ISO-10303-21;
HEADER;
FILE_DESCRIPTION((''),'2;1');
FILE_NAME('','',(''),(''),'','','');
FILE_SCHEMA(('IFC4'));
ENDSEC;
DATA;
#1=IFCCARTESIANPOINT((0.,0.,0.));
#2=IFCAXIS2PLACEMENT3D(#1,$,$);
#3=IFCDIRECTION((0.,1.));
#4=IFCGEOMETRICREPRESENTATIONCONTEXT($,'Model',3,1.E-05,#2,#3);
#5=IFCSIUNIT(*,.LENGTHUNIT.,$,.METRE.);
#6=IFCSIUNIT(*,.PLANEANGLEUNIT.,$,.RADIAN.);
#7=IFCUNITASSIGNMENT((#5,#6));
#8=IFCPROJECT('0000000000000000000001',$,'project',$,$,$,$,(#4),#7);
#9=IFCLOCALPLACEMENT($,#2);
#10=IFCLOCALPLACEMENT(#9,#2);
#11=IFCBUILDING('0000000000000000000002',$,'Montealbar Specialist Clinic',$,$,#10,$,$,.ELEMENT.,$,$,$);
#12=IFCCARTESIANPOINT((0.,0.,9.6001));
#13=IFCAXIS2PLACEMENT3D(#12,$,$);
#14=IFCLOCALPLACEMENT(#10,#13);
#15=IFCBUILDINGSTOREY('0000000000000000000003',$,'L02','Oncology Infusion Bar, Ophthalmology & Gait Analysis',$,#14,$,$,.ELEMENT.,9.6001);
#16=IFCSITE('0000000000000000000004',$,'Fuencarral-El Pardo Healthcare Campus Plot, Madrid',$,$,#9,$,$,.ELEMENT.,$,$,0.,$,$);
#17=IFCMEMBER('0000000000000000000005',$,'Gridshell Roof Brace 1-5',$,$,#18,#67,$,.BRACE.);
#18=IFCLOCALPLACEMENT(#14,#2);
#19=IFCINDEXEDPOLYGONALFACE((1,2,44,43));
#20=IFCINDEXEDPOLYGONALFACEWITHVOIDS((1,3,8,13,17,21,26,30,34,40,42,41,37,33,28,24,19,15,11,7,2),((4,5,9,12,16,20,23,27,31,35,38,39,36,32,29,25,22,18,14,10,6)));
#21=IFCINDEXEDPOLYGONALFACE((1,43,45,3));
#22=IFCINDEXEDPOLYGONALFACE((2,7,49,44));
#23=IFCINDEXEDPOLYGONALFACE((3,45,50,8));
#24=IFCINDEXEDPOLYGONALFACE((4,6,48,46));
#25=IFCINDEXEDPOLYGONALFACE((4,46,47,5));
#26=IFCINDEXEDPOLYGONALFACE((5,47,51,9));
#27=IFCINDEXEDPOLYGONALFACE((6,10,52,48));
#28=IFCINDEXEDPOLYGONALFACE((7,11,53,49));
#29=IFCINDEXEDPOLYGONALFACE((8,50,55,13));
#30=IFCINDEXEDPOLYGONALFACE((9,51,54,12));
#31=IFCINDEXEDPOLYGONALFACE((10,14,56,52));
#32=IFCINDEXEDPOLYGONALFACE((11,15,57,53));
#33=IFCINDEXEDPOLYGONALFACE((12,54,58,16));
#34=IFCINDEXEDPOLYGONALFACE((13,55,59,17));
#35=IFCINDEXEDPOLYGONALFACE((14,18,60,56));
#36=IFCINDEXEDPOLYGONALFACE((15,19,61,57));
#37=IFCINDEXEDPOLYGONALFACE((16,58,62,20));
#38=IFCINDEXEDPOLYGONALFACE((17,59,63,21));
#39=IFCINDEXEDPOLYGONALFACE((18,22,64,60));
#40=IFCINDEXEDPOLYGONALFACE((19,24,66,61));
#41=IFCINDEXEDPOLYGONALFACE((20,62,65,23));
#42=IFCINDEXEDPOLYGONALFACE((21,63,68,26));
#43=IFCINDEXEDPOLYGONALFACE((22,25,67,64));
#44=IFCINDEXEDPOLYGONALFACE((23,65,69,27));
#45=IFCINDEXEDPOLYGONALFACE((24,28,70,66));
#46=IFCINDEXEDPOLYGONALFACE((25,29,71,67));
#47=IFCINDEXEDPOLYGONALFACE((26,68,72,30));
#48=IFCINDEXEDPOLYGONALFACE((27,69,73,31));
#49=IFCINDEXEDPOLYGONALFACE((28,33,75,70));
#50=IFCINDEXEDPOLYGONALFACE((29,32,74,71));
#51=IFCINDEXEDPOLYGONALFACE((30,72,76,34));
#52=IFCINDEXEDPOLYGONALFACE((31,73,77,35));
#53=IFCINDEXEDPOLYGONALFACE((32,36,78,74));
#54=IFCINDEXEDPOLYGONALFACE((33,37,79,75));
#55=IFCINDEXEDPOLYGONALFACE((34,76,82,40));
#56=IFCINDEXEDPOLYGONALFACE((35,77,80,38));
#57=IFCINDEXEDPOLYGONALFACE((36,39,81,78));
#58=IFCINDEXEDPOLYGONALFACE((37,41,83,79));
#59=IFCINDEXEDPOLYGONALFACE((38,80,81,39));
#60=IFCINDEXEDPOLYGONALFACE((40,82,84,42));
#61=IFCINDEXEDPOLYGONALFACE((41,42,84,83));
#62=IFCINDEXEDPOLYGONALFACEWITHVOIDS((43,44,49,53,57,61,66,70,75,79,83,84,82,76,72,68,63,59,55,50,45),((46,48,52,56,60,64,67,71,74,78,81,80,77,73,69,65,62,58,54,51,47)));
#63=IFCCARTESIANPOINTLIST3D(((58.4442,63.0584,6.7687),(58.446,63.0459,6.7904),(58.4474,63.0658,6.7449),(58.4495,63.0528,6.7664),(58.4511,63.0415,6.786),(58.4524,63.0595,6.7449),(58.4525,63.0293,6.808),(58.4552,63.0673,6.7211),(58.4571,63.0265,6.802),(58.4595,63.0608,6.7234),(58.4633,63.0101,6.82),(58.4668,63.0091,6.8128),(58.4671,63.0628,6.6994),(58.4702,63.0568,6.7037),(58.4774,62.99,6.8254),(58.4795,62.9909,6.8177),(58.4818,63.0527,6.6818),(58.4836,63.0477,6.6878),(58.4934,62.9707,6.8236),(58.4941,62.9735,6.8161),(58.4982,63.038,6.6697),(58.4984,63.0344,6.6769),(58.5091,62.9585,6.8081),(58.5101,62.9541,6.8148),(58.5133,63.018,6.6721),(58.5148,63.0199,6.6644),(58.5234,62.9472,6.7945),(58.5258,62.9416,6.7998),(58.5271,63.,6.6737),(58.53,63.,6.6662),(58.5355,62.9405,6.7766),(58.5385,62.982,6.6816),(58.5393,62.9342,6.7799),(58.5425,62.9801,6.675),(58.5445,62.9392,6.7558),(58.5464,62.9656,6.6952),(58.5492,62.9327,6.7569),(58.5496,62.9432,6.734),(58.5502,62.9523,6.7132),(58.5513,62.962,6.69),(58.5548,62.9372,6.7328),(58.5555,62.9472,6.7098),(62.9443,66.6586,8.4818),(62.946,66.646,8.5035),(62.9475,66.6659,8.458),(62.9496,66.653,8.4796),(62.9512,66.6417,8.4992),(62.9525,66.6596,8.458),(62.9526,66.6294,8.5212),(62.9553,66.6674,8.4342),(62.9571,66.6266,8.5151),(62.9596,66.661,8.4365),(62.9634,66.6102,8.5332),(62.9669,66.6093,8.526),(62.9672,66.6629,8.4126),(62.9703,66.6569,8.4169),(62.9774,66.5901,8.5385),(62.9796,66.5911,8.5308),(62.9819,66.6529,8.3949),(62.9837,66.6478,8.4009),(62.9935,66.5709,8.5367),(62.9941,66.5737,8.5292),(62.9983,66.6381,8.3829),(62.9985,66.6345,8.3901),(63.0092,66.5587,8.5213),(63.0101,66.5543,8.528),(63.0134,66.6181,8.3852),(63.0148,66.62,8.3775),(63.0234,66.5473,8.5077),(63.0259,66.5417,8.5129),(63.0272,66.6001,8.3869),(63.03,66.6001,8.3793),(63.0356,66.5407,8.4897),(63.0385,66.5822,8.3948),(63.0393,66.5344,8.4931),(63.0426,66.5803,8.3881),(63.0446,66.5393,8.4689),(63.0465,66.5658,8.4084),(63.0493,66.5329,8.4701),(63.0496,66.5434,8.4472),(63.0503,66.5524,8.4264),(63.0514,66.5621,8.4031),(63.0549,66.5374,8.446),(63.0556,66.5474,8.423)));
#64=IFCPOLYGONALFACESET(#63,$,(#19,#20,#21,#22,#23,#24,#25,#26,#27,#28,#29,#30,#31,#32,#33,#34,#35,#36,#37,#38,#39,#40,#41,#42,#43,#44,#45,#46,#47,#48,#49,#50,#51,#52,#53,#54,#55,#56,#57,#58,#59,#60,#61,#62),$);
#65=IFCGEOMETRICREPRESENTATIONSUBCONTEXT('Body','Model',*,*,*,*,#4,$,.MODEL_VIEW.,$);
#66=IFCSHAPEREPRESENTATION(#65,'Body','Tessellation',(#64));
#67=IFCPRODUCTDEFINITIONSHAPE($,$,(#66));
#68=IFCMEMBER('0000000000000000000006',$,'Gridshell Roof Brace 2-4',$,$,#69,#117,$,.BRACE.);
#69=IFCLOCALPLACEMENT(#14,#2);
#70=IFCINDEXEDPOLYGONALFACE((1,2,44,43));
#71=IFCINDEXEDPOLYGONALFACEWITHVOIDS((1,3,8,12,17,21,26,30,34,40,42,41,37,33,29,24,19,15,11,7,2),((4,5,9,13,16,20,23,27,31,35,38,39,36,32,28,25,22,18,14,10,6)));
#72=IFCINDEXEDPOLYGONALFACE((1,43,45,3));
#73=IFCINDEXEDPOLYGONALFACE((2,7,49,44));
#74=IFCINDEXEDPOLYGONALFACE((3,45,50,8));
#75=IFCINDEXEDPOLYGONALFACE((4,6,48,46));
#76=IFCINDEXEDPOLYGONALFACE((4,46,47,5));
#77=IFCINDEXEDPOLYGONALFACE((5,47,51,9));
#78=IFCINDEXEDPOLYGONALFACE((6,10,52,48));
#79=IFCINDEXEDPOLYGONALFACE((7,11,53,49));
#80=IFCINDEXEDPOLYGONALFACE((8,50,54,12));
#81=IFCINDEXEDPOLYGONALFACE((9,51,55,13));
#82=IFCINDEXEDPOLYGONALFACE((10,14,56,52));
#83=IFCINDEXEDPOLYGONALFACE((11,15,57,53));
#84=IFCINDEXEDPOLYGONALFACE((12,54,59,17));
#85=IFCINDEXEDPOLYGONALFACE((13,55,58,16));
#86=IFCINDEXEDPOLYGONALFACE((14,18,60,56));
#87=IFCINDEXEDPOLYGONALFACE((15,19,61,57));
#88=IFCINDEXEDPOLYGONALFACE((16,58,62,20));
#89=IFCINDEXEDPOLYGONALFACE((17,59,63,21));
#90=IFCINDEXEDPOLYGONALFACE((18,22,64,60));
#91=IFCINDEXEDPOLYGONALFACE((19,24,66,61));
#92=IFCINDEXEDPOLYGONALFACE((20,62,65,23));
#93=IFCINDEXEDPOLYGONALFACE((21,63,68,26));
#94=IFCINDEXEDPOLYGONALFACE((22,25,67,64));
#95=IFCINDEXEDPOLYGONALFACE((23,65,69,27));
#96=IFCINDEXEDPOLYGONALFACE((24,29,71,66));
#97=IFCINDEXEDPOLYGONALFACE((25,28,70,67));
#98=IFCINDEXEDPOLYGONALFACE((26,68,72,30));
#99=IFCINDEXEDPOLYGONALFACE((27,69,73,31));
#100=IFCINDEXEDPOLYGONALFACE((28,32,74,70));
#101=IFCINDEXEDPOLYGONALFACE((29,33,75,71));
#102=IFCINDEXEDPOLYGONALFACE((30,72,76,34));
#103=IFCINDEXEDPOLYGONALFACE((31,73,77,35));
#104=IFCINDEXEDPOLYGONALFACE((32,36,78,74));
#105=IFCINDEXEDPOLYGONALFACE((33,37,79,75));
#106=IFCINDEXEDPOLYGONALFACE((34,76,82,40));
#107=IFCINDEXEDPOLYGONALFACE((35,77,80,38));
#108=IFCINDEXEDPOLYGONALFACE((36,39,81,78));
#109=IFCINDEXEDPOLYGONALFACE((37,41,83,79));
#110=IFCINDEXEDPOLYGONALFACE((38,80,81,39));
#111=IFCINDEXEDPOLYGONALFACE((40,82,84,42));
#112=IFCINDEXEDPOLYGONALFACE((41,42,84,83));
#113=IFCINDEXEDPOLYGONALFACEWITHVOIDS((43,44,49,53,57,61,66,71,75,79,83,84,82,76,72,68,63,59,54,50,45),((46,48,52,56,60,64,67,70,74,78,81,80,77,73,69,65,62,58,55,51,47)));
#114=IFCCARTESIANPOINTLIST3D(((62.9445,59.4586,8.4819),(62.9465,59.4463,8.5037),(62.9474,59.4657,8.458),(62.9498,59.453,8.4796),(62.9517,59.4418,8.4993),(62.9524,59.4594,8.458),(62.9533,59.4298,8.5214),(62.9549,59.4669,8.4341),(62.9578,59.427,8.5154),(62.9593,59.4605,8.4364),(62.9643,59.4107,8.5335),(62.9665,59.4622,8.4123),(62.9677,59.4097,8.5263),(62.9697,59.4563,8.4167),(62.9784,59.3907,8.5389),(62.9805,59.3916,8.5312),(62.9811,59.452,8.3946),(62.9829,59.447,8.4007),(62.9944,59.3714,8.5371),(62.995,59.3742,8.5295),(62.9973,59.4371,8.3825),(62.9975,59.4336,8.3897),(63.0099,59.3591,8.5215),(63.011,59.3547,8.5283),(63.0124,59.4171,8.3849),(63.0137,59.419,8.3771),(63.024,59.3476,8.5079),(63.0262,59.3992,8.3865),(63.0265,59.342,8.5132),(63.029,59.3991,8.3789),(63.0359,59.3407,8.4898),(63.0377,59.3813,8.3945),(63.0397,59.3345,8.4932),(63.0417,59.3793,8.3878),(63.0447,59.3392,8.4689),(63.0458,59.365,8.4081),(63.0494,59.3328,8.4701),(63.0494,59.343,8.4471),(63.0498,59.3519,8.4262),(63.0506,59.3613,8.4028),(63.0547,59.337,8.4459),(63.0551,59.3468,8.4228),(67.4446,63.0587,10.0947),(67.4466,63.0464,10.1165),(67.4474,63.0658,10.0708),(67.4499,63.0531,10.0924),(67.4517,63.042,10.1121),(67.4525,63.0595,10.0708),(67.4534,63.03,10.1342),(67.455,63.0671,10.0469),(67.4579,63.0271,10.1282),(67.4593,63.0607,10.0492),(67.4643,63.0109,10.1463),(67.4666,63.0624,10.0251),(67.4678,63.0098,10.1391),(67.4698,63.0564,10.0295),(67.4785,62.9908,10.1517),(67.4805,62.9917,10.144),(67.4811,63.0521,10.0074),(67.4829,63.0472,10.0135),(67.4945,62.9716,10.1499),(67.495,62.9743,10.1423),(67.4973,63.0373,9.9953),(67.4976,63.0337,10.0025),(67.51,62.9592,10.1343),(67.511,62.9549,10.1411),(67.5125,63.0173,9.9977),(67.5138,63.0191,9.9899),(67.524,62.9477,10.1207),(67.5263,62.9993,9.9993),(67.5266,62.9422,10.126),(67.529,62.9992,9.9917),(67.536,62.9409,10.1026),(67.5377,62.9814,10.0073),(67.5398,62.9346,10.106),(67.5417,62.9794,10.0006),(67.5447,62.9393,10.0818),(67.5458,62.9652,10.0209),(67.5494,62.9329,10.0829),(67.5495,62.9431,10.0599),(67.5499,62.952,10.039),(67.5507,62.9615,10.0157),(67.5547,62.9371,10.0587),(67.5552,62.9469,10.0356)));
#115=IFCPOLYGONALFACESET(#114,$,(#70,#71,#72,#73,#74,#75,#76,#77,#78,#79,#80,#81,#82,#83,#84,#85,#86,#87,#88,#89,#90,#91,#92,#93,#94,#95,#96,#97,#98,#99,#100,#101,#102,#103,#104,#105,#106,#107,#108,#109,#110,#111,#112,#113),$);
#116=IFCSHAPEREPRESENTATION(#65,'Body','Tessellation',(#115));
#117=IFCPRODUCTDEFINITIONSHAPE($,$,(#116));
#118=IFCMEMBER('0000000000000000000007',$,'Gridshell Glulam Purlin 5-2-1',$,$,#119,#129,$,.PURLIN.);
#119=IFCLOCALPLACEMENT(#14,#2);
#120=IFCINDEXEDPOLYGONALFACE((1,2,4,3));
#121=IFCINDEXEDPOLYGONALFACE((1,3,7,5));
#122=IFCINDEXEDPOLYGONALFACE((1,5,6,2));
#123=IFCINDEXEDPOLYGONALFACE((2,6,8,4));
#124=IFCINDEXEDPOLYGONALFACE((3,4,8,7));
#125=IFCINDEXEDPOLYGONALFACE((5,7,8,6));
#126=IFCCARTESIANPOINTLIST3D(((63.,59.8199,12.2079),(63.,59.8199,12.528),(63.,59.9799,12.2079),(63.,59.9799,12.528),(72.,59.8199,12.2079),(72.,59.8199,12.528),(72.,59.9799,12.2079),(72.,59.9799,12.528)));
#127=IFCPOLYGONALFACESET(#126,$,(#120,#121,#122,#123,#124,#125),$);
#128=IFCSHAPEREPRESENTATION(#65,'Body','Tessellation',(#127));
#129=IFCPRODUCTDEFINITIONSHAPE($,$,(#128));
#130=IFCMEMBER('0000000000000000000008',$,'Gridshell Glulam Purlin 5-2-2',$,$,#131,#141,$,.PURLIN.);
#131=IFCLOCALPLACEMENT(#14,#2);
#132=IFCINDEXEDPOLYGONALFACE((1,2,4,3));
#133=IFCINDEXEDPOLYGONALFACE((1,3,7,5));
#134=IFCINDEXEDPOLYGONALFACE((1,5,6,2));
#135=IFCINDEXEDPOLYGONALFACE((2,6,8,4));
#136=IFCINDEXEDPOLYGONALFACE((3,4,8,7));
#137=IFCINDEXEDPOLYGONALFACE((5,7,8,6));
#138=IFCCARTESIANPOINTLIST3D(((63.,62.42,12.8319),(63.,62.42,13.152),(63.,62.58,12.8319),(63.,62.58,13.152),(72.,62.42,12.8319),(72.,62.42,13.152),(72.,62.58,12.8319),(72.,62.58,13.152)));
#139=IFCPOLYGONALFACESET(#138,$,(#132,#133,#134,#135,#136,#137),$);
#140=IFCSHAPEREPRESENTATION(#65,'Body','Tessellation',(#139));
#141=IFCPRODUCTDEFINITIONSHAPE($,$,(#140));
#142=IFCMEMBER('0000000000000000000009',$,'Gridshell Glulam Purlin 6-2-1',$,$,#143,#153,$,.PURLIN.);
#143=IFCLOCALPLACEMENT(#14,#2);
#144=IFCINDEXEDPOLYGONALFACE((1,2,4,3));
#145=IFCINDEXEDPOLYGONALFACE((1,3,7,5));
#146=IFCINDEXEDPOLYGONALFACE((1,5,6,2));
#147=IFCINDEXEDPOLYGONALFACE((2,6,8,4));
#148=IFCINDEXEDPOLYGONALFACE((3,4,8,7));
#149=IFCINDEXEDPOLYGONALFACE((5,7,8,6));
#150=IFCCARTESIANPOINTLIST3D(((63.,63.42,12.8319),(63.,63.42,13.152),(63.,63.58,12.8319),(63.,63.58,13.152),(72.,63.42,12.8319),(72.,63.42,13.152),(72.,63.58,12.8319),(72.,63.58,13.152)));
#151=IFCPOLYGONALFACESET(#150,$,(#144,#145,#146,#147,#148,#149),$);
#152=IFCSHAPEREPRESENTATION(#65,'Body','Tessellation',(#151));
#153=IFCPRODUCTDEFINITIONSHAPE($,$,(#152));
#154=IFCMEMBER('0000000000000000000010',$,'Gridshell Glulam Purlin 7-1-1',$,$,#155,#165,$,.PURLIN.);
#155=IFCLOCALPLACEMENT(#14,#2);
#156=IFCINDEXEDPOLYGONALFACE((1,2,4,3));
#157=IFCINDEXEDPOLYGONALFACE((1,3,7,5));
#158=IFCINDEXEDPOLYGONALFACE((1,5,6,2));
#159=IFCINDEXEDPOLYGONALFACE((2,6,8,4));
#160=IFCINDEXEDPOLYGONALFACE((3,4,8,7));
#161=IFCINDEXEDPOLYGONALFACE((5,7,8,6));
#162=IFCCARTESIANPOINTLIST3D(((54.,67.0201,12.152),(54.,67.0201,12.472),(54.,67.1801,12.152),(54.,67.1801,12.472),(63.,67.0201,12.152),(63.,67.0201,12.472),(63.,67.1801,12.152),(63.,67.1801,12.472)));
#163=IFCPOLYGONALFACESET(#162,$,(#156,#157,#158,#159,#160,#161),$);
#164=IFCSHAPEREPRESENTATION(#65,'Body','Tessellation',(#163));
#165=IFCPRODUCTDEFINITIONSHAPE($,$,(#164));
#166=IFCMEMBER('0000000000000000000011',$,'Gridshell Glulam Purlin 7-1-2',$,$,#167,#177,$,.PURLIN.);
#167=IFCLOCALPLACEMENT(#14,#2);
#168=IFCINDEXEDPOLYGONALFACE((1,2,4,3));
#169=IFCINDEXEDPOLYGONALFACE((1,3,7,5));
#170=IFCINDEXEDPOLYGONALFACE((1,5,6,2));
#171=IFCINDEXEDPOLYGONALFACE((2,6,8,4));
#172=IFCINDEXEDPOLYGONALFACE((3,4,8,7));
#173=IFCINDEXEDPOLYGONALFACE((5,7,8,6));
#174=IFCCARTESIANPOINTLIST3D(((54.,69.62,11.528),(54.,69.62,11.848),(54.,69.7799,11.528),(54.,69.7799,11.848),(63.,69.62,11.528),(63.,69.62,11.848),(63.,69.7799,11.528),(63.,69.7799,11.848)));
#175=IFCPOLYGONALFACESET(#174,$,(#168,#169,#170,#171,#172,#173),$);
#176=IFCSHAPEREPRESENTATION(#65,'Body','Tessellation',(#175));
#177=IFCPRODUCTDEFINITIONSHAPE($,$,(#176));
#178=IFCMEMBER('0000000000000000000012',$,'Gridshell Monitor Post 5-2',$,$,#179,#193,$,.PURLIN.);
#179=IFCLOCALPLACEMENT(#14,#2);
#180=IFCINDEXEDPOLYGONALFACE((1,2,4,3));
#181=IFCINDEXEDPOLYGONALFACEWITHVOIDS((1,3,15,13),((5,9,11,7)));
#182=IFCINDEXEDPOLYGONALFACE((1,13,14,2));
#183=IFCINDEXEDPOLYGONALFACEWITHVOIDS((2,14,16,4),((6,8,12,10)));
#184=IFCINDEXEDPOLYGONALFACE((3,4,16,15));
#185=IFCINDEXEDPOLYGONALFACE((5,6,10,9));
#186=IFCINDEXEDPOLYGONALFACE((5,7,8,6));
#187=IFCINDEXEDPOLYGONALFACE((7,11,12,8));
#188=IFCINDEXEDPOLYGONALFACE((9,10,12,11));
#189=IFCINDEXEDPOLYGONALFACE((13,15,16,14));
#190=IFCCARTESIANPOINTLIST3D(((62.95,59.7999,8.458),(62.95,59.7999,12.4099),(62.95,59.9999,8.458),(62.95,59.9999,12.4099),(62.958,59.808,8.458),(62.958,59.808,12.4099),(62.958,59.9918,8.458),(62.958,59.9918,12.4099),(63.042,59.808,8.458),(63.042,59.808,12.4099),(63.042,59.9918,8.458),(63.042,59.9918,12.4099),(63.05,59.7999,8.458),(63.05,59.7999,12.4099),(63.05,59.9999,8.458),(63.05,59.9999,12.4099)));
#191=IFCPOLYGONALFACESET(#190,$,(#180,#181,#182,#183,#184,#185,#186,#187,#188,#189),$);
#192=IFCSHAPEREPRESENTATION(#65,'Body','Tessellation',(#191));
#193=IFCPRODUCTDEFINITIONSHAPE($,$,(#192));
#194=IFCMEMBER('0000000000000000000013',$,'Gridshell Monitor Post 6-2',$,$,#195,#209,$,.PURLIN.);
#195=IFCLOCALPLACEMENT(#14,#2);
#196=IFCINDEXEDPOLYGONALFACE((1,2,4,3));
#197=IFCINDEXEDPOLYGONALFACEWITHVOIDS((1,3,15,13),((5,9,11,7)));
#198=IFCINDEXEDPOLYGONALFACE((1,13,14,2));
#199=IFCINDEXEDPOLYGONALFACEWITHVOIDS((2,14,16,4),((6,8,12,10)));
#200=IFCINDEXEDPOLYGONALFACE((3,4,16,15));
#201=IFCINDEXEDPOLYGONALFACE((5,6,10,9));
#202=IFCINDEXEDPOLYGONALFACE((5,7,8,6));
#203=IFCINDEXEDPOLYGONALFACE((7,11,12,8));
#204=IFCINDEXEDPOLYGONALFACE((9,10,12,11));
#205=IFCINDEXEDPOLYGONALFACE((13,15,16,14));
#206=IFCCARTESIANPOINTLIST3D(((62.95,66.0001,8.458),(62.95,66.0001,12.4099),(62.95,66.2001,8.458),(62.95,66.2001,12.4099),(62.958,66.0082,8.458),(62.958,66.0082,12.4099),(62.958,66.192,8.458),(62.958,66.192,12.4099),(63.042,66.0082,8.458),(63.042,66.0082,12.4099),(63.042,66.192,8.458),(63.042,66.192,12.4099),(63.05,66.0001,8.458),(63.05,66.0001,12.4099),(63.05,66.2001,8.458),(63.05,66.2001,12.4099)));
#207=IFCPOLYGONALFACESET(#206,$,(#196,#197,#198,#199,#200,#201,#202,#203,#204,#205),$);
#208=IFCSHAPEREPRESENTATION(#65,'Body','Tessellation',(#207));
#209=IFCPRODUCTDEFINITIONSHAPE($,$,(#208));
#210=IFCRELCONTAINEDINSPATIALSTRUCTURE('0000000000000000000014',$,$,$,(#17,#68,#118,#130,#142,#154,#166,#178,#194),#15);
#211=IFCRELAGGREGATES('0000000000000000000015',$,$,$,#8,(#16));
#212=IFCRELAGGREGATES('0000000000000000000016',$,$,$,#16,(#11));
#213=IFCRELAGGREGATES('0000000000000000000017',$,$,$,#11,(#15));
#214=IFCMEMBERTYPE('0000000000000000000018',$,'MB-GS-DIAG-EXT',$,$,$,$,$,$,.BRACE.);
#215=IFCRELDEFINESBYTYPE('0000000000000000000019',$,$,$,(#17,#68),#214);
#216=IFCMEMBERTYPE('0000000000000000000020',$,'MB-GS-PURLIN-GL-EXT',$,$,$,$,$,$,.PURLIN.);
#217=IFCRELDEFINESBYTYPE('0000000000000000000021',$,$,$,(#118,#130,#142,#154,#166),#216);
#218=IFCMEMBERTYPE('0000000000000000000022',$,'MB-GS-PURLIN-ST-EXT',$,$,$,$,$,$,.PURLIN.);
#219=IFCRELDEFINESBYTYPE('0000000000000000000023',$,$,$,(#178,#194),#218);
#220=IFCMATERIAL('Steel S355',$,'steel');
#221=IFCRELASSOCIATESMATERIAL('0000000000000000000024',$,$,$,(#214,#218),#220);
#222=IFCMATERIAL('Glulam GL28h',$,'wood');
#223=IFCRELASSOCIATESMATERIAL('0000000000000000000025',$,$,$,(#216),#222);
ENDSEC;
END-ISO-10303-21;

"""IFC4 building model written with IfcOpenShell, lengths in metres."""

from ifc_helpers import new_model, si_unit, direction, frame, origin, origin_2d, place, context, subcontext, project, spatial, rectangle, hollow_rectangle, hollow_circle, extrude, material, material_profile, profile_set, type_object, element, save


model = new_model("IFC4")

# Units and contexts
model_context = context("Model", 3, precision=1e-05, world=origin(), true_north=direction((0.0, 1.0)))
body_context = subcontext(model_context, "Body", "Model", "MODEL_VIEW")
ifc_project = project(units=[si_unit("LENGTHUNIT", "METRE"), si_unit("PLANEANGLEUNIT", "RADIAN")], contexts=[model_context])

# Site, building, storey
site_placement = place(None, origin())
site = spatial("IfcSite", under=ifc_project, at=site_placement, Name="Fuencarral-El Pardo Healthcare Campus Plot, Madrid", CompositionType="ELEMENT", RefElevation=0.0)
building_placement = place(site_placement, origin())
building = spatial("IfcBuilding", under=site, at=building_placement, Name="Montealbar Specialist Clinic", CompositionType="ELEMENT")
storey_placement = place(building_placement, frame((0.0, 0.0, 9.6001)))
storey = spatial("IfcBuildingStorey", under=building, at=storey_placement, Name="L02", Description="Oncology Infusion Bar, Ophthalmology & Gait Analysis", CompositionType="ELEMENT", Elevation=9.6001)

# Shared definitions
ifc_material_1 = material(Name="Steel S355", Category="steel")
ifc_material_2 = material(Name="Glulam GL28h", Category="wood")

# Members
ifc_material_profile_1 = material_profile(ifc_material_1, hollow_circle(Radius=0.0842, WallThickness=0.0081, at=origin_2d()), Name="CHS 168.3x8.0", Category="steel")
ifc_profile_set_1 = profile_set([ifc_material_profile_1], Name="Steel S355")
member_type_1 = type_object("IfcMemberType", Name="MB-GS-DIAG-EXT", PredefinedType="BRACE", material=ifc_profile_set_1)
member_1_placement = place(storey_placement, frame((58.5, 63.0, 6.7449), z_axis=(0.748489, 0.598807, 0.284947), x_axis=(-0.624705, 0.780861, 0.0)))
element("IfcMember", 1, at=member_1_placement, inside=storey, type_object=member_type_1, Name="Gridshell Roof Brace 1-5", PredefinedType="BRACE", context=body_context, shape_type="SweptSolid", body=[
    extrude(hollow_circle(Radius=0.0842, WallThickness=0.0081, at=origin_2d()), origin(), (0.0, 0.0, 1.0), 6.0122),
])
member_2_placement = place(storey_placement, frame((63.0, 59.3999, 8.458), z_axis=(0.751968, 0.601591, 0.269504), x_axis=(-0.624705, 0.780861, 0.0)))
element("IfcMember", 2, at=member_2_placement, inside=storey, type_object=member_type_1, Name="Gridshell Roof Brace 2-4", PredefinedType="BRACE", context=body_context, shape_type="SweptSolid", body=[
    extrude(hollow_circle(Radius=0.0842, WallThickness=0.0081, at=origin_2d()), origin(), (0.0, 0.0, 1.0), 5.9844),
])
ifc_material_profile_2 = material_profile(ifc_material_2, rectangle(XDim=0.1599, YDim=0.3201, at=origin_2d()), Name="GL28h 160x320", Category="wood")
ifc_profile_set_2 = profile_set([ifc_material_profile_2], Name="Glulam GL28h")
member_type_2 = type_object("IfcMemberType", Name="MB-GS-PURLIN-GL-EXT", PredefinedType="PURLIN", material=ifc_profile_set_2)
for number, where, z_axis, x_axis, name in (
    (3, (63.0, 59.8999, 12.3679), (1.0, 0.0, 0.0), (0.0, 1.0, 0.0), "Gridshell Glulam Purlin 5-2-1"),
    (4, (63.0, 62.5, 12.9919), (1.0, 0.0, 0.0), (0.0, 1.0, 0.0), "Gridshell Glulam Purlin 5-2-2"),
    (5, (63.0, 63.5, 12.9919), (1.0, 0.0, 0.0), (0.0, 1.0, 0.0), "Gridshell Glulam Purlin 6-2-1"),
    (6, (54.0, 67.1001, 12.312), (1.0, 0.0, 0.0), (0.0, 1.0, 0.0), "Gridshell Glulam Purlin 7-1-1"),
    (7, (54.0, 69.7, 11.688), (1.0, 0.0, 0.0), (0.0, 1.0, 0.0), "Gridshell Glulam Purlin 7-1-2"),
):
    element("IfcMember", number, at=place(storey_placement, frame(where, z_axis=z_axis, x_axis=x_axis)), inside=storey, type_object=member_type_2, Name=name, PredefinedType="PURLIN", context=body_context, shape_type="SweptSolid", body=[
        extrude(rectangle(XDim=0.1599, YDim=0.3201, at=origin_2d()), origin(), (0.0, 0.0, 1.0), 9.0),
    ])
ifc_material_profile_3 = material_profile(ifc_material_1, hollow_rectangle(XDim=0.1001, YDim=0.2, WallThickness=0.0081, at=origin_2d()), Name="RHS 200x100x8", Category="steel")
ifc_profile_set_3 = profile_set([ifc_material_profile_3], Name="Steel S355")
member_type_3 = type_object("IfcMemberType", Name="MB-GS-PURLIN-ST-EXT", PredefinedType="PURLIN", material=ifc_profile_set_3)
for number, where, z_axis, x_axis, name in (
    (8, (63.0, 59.8999, 8.458), (0.0, 0.0, 1.0), (1.0, 0.0, 0.0), "Gridshell Monitor Post 5-2"),
    (9, (63.0, 66.1001, 8.458), (0.0, 0.0, 1.0), (1.0, 0.0, 0.0), "Gridshell Monitor Post 6-2"),
):
    element("IfcMember", number, at=place(storey_placement, frame(where, z_axis=z_axis, x_axis=x_axis)), inside=storey, type_object=member_type_3, Name=name, PredefinedType="PURLIN", context=body_context, shape_type="SweptSolid", body=[
        extrude(hollow_rectangle(XDim=0.1001, YDim=0.2, WallThickness=0.0081, at=origin_2d()), origin(), (0.0, 0.0, 1.0), 3.9519),
    ])

save(model, "model.ifc")
